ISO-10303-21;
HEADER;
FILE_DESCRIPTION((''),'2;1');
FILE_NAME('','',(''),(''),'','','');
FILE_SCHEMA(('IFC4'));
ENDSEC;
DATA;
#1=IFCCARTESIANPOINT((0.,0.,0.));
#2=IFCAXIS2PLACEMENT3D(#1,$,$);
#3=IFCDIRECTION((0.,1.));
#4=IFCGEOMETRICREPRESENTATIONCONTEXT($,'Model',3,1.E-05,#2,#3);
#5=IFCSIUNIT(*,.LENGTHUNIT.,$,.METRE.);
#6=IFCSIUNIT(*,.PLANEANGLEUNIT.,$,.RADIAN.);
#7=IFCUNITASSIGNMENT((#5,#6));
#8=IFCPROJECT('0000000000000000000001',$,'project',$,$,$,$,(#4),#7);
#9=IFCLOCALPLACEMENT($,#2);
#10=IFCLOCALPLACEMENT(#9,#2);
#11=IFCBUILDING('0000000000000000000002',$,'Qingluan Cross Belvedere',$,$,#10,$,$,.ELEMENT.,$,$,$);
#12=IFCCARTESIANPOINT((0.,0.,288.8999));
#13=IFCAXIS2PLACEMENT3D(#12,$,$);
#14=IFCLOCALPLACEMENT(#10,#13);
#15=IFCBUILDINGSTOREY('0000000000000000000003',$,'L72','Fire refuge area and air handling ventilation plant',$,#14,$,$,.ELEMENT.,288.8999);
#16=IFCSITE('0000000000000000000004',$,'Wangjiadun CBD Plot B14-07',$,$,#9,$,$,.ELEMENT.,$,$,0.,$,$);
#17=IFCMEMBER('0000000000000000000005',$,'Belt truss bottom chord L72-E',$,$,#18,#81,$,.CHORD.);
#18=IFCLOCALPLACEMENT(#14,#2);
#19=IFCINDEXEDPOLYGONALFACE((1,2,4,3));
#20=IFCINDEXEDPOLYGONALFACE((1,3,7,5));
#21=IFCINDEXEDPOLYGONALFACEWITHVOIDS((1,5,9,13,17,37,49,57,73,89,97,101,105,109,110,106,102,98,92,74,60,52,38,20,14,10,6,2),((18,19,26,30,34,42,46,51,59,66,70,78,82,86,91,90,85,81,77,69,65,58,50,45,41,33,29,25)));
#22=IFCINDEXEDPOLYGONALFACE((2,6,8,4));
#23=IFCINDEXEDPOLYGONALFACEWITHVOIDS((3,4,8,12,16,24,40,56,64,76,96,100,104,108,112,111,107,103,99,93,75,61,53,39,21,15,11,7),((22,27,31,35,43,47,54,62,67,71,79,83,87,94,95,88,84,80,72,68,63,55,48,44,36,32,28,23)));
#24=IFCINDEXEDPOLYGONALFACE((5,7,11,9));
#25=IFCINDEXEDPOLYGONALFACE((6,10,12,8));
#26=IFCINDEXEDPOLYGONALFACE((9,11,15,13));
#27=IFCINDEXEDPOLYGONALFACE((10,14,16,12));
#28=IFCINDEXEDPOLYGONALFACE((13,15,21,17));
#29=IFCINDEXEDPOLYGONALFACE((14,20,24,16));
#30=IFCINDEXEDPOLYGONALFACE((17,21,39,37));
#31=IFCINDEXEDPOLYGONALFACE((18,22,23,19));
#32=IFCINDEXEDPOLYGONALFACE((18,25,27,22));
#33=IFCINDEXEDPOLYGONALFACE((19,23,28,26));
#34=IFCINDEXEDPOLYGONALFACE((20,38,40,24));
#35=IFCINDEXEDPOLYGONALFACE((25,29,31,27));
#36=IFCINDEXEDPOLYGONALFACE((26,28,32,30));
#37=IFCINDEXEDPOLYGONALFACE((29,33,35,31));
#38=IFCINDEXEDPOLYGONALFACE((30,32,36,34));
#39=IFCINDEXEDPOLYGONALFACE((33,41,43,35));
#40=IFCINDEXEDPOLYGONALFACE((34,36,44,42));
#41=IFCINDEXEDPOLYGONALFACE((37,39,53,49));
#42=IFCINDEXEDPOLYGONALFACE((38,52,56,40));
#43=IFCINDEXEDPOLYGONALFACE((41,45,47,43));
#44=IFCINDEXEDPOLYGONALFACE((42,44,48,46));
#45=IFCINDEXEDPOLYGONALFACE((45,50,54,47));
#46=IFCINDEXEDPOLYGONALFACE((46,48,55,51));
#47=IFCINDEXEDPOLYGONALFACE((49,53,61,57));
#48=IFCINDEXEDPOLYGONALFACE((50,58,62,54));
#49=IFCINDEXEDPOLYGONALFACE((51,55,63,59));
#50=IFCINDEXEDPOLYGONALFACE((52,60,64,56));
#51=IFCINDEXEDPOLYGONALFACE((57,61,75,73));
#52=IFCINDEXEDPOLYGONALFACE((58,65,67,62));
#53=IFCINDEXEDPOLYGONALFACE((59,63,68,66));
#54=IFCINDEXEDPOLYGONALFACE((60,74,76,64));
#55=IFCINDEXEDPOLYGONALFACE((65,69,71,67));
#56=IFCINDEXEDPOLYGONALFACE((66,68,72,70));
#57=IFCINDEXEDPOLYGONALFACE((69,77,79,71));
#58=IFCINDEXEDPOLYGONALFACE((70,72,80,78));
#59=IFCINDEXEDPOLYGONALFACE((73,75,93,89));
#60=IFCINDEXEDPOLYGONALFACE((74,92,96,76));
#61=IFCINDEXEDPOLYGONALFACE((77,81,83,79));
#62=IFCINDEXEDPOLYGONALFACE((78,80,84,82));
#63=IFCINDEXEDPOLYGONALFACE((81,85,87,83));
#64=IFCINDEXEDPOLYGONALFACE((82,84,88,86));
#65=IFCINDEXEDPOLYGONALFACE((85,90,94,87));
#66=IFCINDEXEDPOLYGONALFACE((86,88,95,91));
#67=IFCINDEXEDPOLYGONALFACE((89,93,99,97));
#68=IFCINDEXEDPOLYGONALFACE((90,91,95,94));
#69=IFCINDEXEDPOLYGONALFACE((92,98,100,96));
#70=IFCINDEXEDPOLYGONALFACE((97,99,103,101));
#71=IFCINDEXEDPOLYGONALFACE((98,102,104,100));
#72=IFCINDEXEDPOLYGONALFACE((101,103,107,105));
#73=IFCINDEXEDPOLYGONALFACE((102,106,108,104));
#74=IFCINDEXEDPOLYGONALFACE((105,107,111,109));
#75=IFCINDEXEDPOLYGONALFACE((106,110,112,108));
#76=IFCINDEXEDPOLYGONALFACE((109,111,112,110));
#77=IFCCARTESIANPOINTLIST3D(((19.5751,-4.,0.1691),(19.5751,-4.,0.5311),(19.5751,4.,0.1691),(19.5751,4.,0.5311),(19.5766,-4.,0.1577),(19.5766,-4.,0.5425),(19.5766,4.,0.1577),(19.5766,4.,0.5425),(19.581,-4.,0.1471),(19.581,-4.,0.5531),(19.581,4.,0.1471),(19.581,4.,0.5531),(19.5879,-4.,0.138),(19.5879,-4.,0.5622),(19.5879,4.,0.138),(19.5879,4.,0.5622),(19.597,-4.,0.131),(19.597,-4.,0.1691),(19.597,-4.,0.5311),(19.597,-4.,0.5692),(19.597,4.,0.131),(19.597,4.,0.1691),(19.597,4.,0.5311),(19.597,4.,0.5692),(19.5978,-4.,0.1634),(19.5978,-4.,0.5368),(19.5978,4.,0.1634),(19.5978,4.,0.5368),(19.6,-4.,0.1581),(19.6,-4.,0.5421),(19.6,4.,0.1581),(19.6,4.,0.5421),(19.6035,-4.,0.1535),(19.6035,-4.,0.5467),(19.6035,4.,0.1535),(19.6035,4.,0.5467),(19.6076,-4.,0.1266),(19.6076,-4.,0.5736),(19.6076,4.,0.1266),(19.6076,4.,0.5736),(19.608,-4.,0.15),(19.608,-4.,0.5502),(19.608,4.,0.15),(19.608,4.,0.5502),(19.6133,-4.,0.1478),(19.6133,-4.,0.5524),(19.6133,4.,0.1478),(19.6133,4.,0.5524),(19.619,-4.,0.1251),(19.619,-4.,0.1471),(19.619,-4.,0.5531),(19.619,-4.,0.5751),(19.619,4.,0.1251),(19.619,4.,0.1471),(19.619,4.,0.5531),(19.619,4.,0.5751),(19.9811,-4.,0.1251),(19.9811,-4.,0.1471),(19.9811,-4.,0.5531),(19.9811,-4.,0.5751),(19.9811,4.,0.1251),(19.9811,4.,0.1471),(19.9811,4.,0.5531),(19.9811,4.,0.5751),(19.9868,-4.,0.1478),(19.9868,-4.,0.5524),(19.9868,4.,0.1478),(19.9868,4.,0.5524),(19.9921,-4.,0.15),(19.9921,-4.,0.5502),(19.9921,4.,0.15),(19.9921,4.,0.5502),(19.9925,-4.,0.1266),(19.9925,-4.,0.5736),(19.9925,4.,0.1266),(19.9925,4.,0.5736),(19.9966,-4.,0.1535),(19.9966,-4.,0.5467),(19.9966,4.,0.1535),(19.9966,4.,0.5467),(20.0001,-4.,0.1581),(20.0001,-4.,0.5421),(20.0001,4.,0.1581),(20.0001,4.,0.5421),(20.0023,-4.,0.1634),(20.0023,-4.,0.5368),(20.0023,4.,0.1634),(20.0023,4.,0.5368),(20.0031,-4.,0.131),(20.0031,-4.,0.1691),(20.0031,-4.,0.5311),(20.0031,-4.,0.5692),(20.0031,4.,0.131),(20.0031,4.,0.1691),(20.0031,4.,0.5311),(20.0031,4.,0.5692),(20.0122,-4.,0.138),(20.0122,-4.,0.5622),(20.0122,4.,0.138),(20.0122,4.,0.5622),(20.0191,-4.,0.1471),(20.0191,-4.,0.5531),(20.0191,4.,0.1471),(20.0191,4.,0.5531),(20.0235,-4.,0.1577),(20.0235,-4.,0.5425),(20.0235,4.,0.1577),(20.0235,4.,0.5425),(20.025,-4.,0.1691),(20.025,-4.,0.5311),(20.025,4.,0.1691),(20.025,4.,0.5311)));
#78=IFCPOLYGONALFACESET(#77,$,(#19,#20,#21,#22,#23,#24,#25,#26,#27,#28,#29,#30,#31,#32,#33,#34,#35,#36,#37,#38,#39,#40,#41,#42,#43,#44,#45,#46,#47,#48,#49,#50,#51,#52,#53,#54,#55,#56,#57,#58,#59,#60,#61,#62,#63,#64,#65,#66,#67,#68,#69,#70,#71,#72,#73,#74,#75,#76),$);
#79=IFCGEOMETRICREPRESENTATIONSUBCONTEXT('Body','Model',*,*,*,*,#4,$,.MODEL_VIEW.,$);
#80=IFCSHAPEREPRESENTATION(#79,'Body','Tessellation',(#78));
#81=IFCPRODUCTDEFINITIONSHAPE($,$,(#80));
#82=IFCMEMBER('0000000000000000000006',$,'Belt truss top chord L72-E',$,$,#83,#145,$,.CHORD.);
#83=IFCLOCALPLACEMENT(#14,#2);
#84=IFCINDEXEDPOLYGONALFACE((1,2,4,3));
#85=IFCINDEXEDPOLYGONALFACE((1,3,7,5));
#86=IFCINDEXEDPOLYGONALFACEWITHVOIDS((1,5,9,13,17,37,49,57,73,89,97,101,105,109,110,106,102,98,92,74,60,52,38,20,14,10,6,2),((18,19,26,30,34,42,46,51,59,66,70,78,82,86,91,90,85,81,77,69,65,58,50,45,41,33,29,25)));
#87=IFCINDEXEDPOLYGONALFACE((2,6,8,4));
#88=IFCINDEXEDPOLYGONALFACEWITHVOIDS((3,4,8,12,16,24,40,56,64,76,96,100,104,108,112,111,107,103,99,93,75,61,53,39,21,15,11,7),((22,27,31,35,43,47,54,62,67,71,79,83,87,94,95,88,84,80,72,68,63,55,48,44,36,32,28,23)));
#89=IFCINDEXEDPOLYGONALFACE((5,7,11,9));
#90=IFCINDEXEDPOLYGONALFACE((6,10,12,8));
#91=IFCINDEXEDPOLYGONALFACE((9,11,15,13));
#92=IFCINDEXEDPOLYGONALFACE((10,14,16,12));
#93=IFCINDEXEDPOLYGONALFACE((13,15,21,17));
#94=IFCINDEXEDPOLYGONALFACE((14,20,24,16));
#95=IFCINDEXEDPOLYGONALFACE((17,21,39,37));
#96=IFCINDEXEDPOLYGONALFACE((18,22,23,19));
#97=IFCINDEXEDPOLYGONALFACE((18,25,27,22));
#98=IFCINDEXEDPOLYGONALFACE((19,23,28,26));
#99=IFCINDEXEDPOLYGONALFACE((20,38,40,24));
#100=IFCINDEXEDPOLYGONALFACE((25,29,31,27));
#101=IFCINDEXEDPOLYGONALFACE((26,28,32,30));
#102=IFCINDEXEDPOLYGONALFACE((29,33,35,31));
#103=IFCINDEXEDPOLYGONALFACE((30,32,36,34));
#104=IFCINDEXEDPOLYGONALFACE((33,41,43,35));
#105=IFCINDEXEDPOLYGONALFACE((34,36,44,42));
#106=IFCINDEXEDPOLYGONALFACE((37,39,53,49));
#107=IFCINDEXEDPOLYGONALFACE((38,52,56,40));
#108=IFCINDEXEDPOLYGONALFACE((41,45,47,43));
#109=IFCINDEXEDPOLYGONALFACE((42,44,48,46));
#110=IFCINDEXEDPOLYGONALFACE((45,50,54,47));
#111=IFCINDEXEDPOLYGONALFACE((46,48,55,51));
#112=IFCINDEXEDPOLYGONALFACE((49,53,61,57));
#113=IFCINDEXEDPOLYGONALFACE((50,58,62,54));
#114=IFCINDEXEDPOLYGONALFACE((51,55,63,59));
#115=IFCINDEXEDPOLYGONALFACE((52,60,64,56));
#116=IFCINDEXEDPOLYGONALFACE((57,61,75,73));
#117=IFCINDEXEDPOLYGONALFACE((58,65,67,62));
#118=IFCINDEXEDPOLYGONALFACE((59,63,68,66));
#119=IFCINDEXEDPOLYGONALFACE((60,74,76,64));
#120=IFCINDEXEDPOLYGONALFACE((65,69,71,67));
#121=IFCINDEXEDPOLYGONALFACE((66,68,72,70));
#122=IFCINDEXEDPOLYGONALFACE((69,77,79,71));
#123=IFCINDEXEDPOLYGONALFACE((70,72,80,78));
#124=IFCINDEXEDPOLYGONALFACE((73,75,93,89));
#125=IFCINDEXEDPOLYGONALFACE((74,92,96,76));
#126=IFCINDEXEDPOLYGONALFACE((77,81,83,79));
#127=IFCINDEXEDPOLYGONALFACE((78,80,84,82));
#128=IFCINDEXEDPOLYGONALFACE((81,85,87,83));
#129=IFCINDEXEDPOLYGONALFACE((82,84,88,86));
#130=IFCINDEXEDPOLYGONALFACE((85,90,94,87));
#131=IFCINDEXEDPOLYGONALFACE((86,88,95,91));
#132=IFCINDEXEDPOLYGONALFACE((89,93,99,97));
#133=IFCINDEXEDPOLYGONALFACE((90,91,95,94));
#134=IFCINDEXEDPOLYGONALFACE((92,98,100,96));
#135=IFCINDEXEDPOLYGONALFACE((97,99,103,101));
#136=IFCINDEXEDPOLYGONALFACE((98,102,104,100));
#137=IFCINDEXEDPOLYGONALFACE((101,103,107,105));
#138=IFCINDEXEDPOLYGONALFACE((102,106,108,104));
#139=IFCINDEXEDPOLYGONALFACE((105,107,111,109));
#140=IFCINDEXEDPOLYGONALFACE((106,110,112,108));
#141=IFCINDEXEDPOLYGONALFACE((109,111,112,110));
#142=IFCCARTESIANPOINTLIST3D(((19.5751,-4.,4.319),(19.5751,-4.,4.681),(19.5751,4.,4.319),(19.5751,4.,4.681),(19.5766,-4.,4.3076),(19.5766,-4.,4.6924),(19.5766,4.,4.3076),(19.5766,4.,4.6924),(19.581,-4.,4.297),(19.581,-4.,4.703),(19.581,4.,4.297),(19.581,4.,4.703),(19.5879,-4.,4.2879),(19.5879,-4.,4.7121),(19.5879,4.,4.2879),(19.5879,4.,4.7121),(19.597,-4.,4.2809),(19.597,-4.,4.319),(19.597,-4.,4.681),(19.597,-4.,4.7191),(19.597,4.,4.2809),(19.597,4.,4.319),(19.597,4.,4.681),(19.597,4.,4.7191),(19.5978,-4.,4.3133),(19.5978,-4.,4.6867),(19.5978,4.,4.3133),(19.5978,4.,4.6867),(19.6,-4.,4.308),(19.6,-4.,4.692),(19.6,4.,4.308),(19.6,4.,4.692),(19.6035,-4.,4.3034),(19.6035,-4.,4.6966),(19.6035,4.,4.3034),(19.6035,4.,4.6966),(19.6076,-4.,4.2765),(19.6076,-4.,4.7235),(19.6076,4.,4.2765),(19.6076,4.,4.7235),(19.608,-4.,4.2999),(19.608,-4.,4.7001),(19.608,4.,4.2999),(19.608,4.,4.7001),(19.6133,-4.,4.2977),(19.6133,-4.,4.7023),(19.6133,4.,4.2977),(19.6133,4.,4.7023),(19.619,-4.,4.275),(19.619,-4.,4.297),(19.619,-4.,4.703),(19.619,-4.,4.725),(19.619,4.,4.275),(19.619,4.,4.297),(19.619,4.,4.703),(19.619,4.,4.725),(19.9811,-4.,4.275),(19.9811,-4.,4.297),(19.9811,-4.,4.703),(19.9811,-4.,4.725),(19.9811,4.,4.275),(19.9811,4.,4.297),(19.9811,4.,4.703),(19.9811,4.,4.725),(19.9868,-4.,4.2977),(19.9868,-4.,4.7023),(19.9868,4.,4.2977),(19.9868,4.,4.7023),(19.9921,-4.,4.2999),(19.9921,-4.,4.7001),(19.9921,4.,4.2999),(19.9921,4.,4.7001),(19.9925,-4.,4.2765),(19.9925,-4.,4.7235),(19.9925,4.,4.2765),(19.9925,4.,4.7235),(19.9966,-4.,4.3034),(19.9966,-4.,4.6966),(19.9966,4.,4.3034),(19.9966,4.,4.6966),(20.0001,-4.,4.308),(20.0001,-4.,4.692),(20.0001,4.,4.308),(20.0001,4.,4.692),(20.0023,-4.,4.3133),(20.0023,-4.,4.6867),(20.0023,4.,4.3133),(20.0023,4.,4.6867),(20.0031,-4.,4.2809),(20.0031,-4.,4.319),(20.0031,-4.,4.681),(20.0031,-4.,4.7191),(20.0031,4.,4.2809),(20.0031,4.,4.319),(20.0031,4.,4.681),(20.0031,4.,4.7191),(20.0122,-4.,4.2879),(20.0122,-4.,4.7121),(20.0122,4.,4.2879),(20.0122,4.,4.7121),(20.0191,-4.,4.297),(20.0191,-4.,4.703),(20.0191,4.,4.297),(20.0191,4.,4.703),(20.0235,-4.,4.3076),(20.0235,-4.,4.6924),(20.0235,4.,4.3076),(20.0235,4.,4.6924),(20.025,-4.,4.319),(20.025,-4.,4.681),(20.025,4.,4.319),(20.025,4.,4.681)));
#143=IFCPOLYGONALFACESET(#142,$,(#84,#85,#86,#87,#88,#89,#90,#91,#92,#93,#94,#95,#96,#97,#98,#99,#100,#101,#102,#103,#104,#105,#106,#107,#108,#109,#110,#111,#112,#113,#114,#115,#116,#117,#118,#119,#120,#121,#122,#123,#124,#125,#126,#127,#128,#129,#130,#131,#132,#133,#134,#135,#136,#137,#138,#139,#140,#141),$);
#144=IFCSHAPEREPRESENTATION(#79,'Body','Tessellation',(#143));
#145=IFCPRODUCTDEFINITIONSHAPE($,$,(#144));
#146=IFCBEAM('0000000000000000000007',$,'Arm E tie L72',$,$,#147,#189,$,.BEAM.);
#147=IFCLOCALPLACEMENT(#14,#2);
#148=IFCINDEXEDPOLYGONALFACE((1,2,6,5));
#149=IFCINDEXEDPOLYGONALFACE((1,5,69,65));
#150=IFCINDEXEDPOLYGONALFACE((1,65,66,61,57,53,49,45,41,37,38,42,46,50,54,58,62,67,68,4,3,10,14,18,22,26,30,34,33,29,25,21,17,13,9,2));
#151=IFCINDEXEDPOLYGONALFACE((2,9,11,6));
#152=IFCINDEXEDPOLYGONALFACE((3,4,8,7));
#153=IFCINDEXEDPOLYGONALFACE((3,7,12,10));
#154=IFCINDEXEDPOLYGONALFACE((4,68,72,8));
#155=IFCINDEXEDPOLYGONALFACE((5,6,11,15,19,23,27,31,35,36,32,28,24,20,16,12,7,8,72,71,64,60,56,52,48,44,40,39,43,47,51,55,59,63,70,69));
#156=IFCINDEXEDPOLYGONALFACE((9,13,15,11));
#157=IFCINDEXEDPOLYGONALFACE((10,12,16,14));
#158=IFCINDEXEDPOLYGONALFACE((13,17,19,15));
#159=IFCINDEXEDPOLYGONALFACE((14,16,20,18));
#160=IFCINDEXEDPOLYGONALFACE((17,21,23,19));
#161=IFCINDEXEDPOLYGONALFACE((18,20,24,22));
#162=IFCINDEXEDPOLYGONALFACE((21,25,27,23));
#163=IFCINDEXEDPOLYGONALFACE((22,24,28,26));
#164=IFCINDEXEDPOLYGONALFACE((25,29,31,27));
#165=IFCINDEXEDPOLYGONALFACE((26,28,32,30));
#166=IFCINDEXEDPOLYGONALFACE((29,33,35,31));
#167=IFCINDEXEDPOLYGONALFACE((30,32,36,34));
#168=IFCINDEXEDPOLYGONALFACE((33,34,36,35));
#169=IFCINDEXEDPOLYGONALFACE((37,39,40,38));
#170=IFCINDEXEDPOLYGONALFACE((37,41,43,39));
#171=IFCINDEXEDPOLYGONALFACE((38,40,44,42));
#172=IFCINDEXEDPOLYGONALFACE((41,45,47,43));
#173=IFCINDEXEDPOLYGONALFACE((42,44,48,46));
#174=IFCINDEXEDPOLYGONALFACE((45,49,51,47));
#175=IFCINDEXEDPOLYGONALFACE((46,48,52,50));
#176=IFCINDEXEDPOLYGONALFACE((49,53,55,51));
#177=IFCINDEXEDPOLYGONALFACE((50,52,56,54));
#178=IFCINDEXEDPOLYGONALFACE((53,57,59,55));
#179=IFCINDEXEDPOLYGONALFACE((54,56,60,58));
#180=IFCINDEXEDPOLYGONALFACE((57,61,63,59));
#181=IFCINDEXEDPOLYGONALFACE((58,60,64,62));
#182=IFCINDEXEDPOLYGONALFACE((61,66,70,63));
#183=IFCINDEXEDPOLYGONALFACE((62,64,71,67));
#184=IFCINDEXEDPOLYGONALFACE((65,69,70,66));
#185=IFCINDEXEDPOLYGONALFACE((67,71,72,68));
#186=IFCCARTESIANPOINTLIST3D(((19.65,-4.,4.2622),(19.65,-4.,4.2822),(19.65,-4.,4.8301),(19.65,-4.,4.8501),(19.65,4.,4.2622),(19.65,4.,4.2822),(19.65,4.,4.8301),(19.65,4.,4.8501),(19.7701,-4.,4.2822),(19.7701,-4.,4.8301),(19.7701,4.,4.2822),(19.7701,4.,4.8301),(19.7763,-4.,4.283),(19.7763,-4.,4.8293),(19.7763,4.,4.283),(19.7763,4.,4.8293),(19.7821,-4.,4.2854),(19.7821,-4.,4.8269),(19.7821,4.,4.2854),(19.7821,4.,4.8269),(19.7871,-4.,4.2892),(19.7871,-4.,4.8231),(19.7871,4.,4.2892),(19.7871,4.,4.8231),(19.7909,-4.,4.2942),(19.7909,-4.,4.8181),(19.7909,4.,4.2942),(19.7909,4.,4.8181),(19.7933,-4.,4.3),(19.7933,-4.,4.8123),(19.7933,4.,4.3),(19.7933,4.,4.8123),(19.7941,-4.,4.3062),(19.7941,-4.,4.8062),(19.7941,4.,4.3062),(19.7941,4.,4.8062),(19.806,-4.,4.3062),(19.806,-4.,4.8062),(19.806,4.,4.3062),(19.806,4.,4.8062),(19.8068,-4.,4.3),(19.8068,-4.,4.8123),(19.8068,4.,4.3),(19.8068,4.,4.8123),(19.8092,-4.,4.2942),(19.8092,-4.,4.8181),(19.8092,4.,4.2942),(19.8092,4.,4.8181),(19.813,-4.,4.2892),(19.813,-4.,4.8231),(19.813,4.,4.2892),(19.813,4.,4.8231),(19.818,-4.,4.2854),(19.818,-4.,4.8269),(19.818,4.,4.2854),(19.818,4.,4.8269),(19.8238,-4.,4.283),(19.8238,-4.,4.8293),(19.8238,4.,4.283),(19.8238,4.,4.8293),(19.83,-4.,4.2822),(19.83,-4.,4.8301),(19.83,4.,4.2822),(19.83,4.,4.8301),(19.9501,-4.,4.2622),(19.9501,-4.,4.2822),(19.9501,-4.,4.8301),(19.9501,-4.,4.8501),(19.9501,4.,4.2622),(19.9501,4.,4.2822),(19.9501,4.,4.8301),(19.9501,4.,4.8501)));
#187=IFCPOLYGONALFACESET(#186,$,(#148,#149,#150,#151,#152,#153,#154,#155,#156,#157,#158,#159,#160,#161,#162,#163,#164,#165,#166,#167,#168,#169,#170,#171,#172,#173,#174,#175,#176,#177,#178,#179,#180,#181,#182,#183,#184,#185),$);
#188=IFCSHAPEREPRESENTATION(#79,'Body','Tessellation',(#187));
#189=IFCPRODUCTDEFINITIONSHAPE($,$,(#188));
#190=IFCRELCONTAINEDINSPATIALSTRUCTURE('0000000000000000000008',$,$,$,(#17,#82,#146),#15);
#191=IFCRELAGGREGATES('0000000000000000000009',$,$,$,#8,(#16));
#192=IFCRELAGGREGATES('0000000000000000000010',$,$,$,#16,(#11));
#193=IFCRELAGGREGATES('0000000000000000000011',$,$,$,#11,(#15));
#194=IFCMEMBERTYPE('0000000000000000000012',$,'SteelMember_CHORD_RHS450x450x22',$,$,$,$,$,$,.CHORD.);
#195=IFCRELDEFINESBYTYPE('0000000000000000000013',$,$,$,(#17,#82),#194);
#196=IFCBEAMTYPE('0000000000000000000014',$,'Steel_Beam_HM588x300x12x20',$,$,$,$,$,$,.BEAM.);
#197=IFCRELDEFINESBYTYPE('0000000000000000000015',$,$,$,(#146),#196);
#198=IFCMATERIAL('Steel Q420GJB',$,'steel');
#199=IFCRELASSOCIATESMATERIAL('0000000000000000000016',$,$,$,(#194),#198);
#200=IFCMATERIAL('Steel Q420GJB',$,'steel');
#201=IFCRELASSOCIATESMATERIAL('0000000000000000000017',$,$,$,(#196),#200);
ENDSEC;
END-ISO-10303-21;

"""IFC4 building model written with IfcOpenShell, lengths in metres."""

from ifc_helpers import new_model, si_unit, direction, frame, origin, origin_2d, place, context, subcontext, project, spatial, hollow_rectangle, i_section, extrude, material, material_profile, profile_set, type_object, element, save


model = new_model("IFC4")

# Units and contexts
model_context = context("Model", 3, precision=1e-05, world=origin(), true_north=direction((0.0, 1.0)))
body_context = subcontext(model_context, "Body", "Model", "MODEL_VIEW")
ifc_project = project(units=[si_unit("LENGTHUNIT", "METRE"), si_unit("PLANEANGLEUNIT", "RADIAN")], contexts=[model_context])

# Site, building, storey
site_placement = place(None, origin())
site = spatial("IfcSite", under=ifc_project, at=site_placement, Name="Wangjiadun CBD Plot B14-07", CompositionType="ELEMENT", RefElevation=0.0)
building_placement = place(site_placement, origin())
building = spatial("IfcBuilding", under=site, at=building_placement, Name="Qingluan Cross Belvedere", CompositionType="ELEMENT")
storey_placement = place(building_placement, frame((0.0, 0.0, 288.8999)))
storey = spatial("IfcBuildingStorey", under=building, at=storey_placement, Name="L72", Description="Fire refuge area and air handling ventilation plant", CompositionType="ELEMENT", Elevation=288.8999)

# Members
ifc_material_1 = material(Name="Steel Q420GJB", Category="steel")
ifc_material_profile_1 = material_profile(ifc_material_1, hollow_rectangle(XDim=0.45, YDim=0.45, WallThickness=0.022, InnerFilletRadius=0.022, OuterFilletRadius=0.0439, at=origin_2d()), Name="RHS450x450x22")
ifc_profile_set_1 = profile_set([ifc_material_profile_1], Name="Steel Q420GJB")
member_type_1 = type_object("IfcMemberType", Name="SteelMember_CHORD_RHS450x450x22", PredefinedType="CHORD", material=ifc_profile_set_1)
for number, where, z_axis, x_axis, name in (
    (1, (19.8, -4.0, 0.3501), (0.0, 1.0, 0.0), (-1.0, 0.0, 0.0), "Belt truss bottom chord L72-E"),
    (2, (19.8, -4.0, 4.5), (0.0, 1.0, 0.0), (-1.0, 0.0, 0.0), "Belt truss top chord L72-E"),
):
    element("IfcMember", number, at=place(storey_placement, frame(where, z_axis=z_axis, x_axis=x_axis)), inside=storey, type_object=member_type_1, Name=name, PredefinedType="CHORD", context=body_context, shape_type="SweptSolid", body=[
        extrude(hollow_rectangle(XDim=0.45, YDim=0.45, WallThickness=0.022, InnerFilletRadius=0.022, OuterFilletRadius=0.0439, at=origin_2d()), origin(), (0.0, 0.0, 1.0), 8.0),
    ])

# Beam
ifc_material_2 = material(Name="Steel Q420GJB", Category="steel")
ifc_material_profile_2 = material_profile(ifc_material_2, i_section(OverallWidth=0.3, OverallDepth=0.5879, WebThickness=0.012, FlangeThickness=0.02, FilletRadius=0.0239, at=origin_2d()), Name="HM588x300x12x20")
ifc_profile_set_2 = profile_set([ifc_material_profile_2], Name="Steel Q420GJB")
beam_type_1 = type_object("IfcBeamType", Name="Steel_Beam_HM588x300x12x20", PredefinedType="BEAM", material=ifc_profile_set_2)
beam_1_placement = place(storey_placement, frame((19.8, -4.0, 4.5562), z_axis=(0.0, 1.0, 0.0), x_axis=(-1.0, 0.0, 0.0)))
element("IfcBeam", 3, at=beam_1_placement, inside=storey, type_object=beam_type_1, Name="Arm E tie L72", PredefinedType="BEAM", context=body_context, shape_type="SweptSolid", body=[
    extrude(i_section(OverallWidth=0.3, OverallDepth=0.5879, WebThickness=0.012, FlangeThickness=0.02, FilletRadius=0.0239, at=origin_2d()), origin(), (0.0, 0.0, 1.0), 8.0),
])

save(model, "model.ifc")
